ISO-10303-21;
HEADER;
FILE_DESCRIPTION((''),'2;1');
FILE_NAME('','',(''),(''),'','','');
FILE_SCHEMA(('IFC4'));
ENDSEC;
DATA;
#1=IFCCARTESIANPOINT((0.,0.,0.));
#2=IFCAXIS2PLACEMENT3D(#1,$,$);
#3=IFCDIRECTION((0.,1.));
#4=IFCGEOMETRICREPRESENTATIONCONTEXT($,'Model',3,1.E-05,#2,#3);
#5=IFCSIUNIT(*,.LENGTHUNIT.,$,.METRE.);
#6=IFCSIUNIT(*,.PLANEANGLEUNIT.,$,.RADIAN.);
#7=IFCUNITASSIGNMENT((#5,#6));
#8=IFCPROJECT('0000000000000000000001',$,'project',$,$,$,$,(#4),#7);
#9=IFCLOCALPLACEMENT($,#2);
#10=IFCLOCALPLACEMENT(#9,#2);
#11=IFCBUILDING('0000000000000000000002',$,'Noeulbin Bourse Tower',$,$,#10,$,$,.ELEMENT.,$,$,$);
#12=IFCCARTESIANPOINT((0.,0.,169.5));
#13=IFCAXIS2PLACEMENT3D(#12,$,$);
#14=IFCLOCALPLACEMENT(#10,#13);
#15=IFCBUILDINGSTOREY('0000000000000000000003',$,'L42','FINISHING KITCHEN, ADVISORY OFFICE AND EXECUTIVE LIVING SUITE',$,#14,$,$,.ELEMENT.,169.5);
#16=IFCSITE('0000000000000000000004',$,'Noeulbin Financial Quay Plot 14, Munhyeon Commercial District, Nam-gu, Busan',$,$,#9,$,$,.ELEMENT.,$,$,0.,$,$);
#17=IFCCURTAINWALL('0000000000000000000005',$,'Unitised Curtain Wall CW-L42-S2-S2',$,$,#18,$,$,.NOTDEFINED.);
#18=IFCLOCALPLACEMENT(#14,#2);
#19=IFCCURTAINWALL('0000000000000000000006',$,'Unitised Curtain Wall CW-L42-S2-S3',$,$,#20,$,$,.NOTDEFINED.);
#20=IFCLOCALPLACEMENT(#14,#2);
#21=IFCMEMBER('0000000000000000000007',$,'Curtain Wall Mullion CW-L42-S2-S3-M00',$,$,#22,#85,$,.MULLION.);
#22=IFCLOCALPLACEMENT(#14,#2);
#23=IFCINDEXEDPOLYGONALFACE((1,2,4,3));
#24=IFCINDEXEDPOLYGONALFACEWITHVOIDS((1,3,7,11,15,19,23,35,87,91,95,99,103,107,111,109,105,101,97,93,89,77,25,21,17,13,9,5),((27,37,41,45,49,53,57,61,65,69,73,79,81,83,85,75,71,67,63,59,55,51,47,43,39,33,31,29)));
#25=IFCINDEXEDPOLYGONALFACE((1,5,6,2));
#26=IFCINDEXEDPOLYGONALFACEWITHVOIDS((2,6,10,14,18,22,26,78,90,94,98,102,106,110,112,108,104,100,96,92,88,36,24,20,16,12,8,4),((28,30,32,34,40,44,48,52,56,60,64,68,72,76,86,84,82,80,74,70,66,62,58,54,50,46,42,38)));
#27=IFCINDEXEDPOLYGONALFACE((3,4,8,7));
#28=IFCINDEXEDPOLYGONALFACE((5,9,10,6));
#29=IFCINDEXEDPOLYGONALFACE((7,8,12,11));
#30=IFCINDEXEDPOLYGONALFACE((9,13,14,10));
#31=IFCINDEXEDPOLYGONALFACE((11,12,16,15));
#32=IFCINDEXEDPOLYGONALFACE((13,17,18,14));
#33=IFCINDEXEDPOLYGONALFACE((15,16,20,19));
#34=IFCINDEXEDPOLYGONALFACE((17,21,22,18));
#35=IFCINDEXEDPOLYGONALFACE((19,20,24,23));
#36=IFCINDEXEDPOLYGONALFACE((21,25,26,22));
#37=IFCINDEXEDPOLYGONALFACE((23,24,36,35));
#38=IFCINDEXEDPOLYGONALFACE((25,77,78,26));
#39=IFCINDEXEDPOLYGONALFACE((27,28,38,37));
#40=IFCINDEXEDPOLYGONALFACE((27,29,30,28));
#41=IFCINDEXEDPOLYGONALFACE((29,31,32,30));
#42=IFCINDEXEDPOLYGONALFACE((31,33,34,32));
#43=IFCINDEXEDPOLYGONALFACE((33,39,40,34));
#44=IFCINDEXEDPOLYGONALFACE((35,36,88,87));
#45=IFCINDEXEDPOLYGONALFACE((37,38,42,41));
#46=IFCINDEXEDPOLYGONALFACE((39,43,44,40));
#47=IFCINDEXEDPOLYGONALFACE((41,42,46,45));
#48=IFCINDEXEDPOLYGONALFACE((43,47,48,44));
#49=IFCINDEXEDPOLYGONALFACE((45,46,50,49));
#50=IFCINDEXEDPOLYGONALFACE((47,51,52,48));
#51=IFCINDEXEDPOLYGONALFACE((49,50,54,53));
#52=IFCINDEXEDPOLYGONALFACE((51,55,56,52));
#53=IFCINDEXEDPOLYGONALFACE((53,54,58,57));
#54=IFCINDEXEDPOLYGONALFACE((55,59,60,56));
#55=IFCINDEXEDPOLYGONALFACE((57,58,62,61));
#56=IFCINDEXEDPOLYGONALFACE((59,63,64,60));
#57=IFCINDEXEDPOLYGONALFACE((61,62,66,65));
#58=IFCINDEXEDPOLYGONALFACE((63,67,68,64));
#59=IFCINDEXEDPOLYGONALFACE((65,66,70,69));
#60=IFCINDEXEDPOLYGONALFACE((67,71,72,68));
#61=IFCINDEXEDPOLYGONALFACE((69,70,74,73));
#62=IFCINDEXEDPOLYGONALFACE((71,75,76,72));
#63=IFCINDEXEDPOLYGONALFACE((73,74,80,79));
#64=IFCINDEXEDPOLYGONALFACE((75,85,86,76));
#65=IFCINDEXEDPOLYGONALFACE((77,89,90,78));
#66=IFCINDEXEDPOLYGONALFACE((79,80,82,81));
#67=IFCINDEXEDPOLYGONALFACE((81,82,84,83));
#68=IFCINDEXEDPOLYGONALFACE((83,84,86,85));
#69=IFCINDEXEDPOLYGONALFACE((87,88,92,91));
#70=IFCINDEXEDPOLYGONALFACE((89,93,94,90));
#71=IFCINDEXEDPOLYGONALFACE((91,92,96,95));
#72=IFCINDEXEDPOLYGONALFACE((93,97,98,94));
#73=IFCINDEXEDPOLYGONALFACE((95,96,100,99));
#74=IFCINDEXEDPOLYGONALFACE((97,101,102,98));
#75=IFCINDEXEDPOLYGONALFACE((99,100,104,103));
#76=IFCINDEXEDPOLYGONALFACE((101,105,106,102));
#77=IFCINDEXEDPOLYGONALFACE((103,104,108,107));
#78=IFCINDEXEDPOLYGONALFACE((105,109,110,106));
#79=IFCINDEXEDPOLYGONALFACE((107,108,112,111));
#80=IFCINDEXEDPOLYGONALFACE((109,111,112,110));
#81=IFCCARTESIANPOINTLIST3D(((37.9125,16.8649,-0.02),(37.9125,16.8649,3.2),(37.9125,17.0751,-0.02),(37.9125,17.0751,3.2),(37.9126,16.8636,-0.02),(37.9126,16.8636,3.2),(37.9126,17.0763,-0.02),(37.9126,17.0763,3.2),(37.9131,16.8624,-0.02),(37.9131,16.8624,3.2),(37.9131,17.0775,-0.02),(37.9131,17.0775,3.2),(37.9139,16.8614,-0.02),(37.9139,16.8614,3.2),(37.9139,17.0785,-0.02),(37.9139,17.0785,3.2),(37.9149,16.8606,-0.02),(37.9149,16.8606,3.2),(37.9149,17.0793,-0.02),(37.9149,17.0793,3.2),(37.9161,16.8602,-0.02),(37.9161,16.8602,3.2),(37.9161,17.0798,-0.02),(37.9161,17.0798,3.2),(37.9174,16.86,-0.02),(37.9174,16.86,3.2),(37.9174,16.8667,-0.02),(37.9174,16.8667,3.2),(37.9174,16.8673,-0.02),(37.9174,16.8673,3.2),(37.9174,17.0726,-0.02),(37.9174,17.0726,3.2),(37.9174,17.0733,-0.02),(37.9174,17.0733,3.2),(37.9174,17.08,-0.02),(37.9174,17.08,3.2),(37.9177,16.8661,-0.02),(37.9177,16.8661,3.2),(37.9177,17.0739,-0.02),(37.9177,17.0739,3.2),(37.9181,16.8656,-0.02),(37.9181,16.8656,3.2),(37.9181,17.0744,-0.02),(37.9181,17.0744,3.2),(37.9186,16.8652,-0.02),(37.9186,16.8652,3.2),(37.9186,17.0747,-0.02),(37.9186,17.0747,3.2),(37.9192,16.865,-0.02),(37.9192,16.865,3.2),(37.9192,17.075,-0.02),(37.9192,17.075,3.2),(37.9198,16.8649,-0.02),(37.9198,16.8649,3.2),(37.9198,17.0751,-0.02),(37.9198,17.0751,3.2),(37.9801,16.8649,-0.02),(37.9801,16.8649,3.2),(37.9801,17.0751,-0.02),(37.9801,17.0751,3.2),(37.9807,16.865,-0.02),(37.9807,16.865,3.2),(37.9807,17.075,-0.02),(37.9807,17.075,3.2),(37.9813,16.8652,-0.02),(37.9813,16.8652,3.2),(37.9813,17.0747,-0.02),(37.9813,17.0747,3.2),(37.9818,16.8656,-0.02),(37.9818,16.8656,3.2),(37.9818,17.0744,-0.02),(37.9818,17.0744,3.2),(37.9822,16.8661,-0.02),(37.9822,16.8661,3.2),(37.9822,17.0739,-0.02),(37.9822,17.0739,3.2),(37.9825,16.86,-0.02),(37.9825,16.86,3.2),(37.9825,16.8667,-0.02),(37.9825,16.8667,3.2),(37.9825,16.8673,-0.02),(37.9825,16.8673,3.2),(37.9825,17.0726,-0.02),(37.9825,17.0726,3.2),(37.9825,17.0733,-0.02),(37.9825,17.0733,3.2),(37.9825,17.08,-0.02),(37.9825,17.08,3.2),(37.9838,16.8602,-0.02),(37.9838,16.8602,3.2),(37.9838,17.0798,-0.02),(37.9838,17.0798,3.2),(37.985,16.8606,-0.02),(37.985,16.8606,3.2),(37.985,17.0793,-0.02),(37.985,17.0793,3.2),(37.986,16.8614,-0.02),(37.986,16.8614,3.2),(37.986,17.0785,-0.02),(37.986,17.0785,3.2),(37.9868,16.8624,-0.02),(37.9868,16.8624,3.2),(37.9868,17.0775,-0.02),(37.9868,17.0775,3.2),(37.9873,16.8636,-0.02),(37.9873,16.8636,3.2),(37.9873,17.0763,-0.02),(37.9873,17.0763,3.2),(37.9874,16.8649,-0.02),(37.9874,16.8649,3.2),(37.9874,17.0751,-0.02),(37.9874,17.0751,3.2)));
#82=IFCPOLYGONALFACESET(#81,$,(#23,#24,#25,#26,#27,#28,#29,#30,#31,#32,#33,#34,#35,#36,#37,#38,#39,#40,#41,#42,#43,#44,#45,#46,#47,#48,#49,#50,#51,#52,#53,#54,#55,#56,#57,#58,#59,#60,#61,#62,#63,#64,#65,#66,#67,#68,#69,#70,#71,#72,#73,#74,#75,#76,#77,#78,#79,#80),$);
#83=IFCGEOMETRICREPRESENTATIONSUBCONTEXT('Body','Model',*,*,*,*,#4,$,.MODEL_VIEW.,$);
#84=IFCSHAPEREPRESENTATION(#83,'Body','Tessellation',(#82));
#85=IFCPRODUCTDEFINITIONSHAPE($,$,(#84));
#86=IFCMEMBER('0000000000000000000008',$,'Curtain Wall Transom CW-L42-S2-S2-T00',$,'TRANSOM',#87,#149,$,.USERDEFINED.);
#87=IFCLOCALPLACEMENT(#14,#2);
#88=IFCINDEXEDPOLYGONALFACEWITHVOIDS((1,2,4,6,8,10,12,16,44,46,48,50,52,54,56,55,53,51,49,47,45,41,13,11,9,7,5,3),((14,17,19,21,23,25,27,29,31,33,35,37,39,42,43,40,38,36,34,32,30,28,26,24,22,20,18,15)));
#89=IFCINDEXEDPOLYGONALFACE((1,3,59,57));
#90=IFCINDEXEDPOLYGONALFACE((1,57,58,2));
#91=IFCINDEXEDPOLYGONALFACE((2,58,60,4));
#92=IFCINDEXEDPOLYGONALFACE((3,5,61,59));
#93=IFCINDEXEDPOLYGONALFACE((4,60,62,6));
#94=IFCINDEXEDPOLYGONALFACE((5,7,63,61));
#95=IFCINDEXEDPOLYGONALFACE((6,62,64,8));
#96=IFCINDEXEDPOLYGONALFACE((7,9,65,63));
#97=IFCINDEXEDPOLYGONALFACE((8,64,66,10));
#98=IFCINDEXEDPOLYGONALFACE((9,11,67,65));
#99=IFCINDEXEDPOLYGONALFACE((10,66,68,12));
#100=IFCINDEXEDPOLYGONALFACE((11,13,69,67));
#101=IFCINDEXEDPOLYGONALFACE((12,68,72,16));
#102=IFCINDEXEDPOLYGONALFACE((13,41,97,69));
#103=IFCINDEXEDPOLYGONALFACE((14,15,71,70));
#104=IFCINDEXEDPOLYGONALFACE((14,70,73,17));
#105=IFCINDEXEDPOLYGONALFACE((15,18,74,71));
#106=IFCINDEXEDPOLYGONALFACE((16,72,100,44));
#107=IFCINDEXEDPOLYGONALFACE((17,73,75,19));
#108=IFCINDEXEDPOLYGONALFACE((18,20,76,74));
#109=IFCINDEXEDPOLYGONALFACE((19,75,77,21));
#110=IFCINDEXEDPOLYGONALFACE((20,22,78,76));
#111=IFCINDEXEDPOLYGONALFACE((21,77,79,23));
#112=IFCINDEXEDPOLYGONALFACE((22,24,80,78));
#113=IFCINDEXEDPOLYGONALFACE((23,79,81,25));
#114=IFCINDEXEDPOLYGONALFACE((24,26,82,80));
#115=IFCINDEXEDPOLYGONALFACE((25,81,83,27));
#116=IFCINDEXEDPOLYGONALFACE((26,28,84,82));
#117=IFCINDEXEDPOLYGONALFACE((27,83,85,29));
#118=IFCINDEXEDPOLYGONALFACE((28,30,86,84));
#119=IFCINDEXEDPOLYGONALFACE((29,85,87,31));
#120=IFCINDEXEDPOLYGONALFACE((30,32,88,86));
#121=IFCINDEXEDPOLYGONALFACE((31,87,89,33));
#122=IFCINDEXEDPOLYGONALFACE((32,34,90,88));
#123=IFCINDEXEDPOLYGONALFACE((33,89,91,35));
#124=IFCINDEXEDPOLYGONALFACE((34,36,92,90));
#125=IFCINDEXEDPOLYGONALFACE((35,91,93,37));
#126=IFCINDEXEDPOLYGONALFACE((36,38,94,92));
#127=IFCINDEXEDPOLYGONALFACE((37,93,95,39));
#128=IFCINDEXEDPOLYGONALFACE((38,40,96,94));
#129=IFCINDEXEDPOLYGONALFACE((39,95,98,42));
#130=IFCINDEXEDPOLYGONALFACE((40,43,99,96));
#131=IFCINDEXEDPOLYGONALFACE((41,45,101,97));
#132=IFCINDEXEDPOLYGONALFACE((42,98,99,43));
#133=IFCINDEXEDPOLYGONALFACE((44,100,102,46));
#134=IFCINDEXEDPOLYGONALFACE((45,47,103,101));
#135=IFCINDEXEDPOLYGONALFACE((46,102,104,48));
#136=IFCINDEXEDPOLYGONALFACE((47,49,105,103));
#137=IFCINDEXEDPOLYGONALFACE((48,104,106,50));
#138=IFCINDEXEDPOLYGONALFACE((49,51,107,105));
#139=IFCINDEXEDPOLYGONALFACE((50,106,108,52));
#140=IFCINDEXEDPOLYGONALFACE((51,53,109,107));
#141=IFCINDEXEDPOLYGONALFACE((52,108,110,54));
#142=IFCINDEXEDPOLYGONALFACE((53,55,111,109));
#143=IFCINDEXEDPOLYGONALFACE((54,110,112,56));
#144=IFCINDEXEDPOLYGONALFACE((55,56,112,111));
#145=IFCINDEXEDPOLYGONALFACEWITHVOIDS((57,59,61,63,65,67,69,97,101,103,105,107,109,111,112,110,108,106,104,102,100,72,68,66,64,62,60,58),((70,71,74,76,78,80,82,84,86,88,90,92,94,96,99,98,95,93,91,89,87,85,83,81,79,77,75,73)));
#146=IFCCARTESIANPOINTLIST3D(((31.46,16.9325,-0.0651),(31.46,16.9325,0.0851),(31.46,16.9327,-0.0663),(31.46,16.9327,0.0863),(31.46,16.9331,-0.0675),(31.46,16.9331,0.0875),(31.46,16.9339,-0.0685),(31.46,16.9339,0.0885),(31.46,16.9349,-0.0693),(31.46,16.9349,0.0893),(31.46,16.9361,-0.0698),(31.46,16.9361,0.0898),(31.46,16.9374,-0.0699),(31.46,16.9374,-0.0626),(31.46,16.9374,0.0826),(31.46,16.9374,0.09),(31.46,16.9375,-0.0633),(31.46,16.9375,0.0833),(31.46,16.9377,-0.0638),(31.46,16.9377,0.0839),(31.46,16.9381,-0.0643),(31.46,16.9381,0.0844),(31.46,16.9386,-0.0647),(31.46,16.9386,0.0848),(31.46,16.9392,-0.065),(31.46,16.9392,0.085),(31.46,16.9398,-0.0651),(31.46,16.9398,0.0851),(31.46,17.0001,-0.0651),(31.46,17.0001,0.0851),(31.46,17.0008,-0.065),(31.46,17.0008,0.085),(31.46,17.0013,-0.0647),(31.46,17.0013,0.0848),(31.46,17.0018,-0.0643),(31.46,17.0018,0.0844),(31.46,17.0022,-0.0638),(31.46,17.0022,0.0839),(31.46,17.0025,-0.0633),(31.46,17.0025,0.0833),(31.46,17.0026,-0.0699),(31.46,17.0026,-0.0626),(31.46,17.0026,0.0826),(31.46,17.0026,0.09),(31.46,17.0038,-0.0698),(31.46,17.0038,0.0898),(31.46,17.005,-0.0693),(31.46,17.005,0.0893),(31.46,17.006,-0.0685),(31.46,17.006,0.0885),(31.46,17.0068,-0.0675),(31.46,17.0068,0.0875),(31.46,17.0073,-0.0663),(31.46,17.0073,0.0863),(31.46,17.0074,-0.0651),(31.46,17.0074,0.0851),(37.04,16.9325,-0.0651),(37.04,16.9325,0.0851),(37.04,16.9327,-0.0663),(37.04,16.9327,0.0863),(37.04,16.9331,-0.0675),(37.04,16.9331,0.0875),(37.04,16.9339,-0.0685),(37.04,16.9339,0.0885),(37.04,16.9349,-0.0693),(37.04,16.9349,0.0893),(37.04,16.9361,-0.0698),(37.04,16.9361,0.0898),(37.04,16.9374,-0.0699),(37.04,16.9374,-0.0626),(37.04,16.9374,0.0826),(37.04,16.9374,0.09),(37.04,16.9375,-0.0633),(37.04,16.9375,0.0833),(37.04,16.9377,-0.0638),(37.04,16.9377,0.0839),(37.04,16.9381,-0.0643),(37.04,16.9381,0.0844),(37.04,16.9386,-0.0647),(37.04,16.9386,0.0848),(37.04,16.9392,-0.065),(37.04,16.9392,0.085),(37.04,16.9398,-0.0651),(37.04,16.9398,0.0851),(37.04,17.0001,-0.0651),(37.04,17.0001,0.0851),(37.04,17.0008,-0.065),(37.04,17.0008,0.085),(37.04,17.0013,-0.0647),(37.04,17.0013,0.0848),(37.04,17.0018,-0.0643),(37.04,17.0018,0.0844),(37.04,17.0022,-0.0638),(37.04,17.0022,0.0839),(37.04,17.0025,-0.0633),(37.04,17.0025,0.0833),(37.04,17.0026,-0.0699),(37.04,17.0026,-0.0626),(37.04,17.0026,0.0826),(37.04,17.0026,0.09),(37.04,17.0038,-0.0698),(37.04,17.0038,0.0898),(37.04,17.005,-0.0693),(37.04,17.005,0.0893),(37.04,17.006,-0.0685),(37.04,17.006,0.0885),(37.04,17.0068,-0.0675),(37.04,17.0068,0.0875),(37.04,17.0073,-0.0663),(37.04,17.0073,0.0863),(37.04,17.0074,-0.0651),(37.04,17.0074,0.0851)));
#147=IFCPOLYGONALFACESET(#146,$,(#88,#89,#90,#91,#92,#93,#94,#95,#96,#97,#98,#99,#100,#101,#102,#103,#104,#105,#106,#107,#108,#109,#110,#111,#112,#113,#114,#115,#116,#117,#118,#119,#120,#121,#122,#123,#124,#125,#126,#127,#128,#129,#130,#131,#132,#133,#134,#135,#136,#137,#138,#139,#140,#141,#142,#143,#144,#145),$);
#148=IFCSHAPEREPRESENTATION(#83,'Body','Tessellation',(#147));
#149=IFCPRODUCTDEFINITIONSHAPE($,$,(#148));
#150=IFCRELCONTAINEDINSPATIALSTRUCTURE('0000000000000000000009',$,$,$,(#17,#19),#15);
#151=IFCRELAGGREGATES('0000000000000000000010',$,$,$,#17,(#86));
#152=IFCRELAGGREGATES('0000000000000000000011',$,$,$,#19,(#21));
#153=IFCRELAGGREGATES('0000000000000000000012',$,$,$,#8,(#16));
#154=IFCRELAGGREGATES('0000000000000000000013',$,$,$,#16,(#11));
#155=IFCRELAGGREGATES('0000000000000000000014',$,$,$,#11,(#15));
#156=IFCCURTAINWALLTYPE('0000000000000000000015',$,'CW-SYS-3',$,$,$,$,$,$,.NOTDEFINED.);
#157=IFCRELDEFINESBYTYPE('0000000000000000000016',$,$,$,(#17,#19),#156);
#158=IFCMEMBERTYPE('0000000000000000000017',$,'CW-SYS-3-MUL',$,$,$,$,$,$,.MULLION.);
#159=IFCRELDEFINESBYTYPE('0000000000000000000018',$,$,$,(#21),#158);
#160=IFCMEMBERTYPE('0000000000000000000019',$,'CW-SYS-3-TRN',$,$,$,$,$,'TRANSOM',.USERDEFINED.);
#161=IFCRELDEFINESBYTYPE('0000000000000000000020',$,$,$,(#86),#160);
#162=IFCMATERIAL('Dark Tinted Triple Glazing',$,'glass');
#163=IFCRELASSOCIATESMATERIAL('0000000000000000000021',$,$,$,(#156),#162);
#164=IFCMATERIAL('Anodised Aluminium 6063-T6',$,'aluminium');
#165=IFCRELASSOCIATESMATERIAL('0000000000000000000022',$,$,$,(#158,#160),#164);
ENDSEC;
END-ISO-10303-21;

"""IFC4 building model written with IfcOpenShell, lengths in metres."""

from ifc_helpers import new_model, si_unit, direction, frame, origin, origin_2d, place, context, subcontext, project, spatial, hollow_rectangle, extrude, material, material_profile, profile_set, type_object, element, aggregate, save


model = new_model("IFC4")

# Units and contexts
model_context = context("Model", 3, precision=1e-05, world=origin(), true_north=direction((0.0, 1.0)))
body_context = subcontext(model_context, "Body", "Model", "MODEL_VIEW")
ifc_project = project(units=[si_unit("LENGTHUNIT", "METRE"), si_unit("PLANEANGLEUNIT", "RADIAN")], contexts=[model_context])

# Site, building, storey
site_placement = place(None, origin())
site = spatial("IfcSite", under=ifc_project, at=site_placement, Name="Noeulbin Financial Quay Plot 14, Munhyeon Commercial District, Nam-gu, Busan", CompositionType="ELEMENT", RefElevation=0.0)
building_placement = place(site_placement, origin())
building = spatial("IfcBuilding", under=site, at=building_placement, Name="Noeulbin Bourse Tower", CompositionType="ELEMENT")
storey_placement = place(building_placement, frame((0.0, 0.0, 169.5)))
storey = spatial("IfcBuildingStorey", under=building, at=storey_placement, Name="L42", Description="FINISHING KITCHEN, ADVISORY OFFICE AND EXECUTIVE LIVING SUITE", CompositionType="ELEMENT", Elevation=169.5)

# Curtain wall
ifc_material_1 = material(Name="Dark Tinted Triple Glazing", Category="glass")
curtain_wall_type = type_object("IfcCurtainWallType", Name="CW-SYS-3", PredefinedType="NOTDEFINED", material=ifc_material_1)
curtain_wall_1_placement = place(storey_placement, origin())
curtain_wall_1 = element("IfcCurtainWall", 1, at=curtain_wall_1_placement, inside=storey, type_object=curtain_wall_type, Name="Unitised Curtain Wall CW-L42-S2-S2", PredefinedType="NOTDEFINED")
ifc_material_2 = material(Name="Anodised Aluminium 6063-T6", Category="aluminium")
ifc_material_profile_1 = material_profile(ifc_material_2, hollow_rectangle(XDim=0.075, YDim=0.22, WallThickness=0.0049, InnerFilletRadius=0.0024, OuterFilletRadius=0.0049, at=origin_2d()), Name="ALU-MULL-75x220x5", Category="LoadBearing")
ifc_profile_set_1 = profile_set([ifc_material_profile_1], Name="Anodised Aluminium 6063-T6")
member_type_1 = type_object("IfcMemberType", Name="CW-SYS-3-MUL", PredefinedType="MULLION", material=ifc_profile_set_1)

# Curtain wall, member
curtain_wall_2_placement = place(storey_placement, origin())
curtain_wall_2 = element("IfcCurtainWall", 2, at=curtain_wall_2_placement, inside=storey, type_object=curtain_wall_type, Name="Unitised Curtain Wall CW-L42-S2-S3", PredefinedType="NOTDEFINED")
member_1_placement = place(storey_placement, frame((37.95, 16.97, -0.02), z_axis=(0.0, 0.0, 1.0), x_axis=(1.0, 0.0, 0.0)))
member_1 = element("IfcMember", 3, at=member_1_placement, type_object=member_type_1, Name="Curtain Wall Mullion CW-L42-S2-S3-M00", PredefinedType="MULLION", context=body_context, shape_type="SweptSolid", body=[
    extrude(hollow_rectangle(XDim=0.075, YDim=0.22, WallThickness=0.0049, InnerFilletRadius=0.0024, OuterFilletRadius=0.0049, at=origin_2d()), origin(), (0.0, 0.0, 1.0), 3.22),
])

# Member
ifc_material_profile_2 = material_profile(ifc_material_2, hollow_rectangle(XDim=0.075, YDim=0.1599, WallThickness=0.0049, InnerFilletRadius=0.0024, OuterFilletRadius=0.0049, at=origin_2d()), Name="ALU-TRAN-75x160x5", Category="LoadBearing")
ifc_profile_set_2 = profile_set([ifc_material_profile_2], Name="Anodised Aluminium 6063-T6")
member_type_2 = type_object("IfcMemberType", Name="CW-SYS-3-TRN", ElementType="TRANSOM", PredefinedType="USERDEFINED", material=ifc_profile_set_2)
member_2_placement = place(storey_placement, frame((31.46, 16.97, 0.01), z_axis=(1.0, 0.0, 0.0), x_axis=(0.0, 1.0, 0.0)))
member_2 = element("IfcMember", 4, at=member_2_placement, type_object=member_type_2, Name="Curtain Wall Transom CW-L42-S2-S2-T00", ObjectType="TRANSOM", PredefinedType="USERDEFINED", context=body_context, shape_type="SweptSolid", body=[
    extrude(hollow_rectangle(XDim=0.075, YDim=0.1599, WallThickness=0.0049, InnerFilletRadius=0.0024, OuterFilletRadius=0.0049, at=origin_2d()), origin(), (0.0, 0.0, 1.0), 5.5801),
])

aggregate(curtain_wall_1, [member_2])
aggregate(curtain_wall_2, [member_1])

save(model, "model.ifc")
